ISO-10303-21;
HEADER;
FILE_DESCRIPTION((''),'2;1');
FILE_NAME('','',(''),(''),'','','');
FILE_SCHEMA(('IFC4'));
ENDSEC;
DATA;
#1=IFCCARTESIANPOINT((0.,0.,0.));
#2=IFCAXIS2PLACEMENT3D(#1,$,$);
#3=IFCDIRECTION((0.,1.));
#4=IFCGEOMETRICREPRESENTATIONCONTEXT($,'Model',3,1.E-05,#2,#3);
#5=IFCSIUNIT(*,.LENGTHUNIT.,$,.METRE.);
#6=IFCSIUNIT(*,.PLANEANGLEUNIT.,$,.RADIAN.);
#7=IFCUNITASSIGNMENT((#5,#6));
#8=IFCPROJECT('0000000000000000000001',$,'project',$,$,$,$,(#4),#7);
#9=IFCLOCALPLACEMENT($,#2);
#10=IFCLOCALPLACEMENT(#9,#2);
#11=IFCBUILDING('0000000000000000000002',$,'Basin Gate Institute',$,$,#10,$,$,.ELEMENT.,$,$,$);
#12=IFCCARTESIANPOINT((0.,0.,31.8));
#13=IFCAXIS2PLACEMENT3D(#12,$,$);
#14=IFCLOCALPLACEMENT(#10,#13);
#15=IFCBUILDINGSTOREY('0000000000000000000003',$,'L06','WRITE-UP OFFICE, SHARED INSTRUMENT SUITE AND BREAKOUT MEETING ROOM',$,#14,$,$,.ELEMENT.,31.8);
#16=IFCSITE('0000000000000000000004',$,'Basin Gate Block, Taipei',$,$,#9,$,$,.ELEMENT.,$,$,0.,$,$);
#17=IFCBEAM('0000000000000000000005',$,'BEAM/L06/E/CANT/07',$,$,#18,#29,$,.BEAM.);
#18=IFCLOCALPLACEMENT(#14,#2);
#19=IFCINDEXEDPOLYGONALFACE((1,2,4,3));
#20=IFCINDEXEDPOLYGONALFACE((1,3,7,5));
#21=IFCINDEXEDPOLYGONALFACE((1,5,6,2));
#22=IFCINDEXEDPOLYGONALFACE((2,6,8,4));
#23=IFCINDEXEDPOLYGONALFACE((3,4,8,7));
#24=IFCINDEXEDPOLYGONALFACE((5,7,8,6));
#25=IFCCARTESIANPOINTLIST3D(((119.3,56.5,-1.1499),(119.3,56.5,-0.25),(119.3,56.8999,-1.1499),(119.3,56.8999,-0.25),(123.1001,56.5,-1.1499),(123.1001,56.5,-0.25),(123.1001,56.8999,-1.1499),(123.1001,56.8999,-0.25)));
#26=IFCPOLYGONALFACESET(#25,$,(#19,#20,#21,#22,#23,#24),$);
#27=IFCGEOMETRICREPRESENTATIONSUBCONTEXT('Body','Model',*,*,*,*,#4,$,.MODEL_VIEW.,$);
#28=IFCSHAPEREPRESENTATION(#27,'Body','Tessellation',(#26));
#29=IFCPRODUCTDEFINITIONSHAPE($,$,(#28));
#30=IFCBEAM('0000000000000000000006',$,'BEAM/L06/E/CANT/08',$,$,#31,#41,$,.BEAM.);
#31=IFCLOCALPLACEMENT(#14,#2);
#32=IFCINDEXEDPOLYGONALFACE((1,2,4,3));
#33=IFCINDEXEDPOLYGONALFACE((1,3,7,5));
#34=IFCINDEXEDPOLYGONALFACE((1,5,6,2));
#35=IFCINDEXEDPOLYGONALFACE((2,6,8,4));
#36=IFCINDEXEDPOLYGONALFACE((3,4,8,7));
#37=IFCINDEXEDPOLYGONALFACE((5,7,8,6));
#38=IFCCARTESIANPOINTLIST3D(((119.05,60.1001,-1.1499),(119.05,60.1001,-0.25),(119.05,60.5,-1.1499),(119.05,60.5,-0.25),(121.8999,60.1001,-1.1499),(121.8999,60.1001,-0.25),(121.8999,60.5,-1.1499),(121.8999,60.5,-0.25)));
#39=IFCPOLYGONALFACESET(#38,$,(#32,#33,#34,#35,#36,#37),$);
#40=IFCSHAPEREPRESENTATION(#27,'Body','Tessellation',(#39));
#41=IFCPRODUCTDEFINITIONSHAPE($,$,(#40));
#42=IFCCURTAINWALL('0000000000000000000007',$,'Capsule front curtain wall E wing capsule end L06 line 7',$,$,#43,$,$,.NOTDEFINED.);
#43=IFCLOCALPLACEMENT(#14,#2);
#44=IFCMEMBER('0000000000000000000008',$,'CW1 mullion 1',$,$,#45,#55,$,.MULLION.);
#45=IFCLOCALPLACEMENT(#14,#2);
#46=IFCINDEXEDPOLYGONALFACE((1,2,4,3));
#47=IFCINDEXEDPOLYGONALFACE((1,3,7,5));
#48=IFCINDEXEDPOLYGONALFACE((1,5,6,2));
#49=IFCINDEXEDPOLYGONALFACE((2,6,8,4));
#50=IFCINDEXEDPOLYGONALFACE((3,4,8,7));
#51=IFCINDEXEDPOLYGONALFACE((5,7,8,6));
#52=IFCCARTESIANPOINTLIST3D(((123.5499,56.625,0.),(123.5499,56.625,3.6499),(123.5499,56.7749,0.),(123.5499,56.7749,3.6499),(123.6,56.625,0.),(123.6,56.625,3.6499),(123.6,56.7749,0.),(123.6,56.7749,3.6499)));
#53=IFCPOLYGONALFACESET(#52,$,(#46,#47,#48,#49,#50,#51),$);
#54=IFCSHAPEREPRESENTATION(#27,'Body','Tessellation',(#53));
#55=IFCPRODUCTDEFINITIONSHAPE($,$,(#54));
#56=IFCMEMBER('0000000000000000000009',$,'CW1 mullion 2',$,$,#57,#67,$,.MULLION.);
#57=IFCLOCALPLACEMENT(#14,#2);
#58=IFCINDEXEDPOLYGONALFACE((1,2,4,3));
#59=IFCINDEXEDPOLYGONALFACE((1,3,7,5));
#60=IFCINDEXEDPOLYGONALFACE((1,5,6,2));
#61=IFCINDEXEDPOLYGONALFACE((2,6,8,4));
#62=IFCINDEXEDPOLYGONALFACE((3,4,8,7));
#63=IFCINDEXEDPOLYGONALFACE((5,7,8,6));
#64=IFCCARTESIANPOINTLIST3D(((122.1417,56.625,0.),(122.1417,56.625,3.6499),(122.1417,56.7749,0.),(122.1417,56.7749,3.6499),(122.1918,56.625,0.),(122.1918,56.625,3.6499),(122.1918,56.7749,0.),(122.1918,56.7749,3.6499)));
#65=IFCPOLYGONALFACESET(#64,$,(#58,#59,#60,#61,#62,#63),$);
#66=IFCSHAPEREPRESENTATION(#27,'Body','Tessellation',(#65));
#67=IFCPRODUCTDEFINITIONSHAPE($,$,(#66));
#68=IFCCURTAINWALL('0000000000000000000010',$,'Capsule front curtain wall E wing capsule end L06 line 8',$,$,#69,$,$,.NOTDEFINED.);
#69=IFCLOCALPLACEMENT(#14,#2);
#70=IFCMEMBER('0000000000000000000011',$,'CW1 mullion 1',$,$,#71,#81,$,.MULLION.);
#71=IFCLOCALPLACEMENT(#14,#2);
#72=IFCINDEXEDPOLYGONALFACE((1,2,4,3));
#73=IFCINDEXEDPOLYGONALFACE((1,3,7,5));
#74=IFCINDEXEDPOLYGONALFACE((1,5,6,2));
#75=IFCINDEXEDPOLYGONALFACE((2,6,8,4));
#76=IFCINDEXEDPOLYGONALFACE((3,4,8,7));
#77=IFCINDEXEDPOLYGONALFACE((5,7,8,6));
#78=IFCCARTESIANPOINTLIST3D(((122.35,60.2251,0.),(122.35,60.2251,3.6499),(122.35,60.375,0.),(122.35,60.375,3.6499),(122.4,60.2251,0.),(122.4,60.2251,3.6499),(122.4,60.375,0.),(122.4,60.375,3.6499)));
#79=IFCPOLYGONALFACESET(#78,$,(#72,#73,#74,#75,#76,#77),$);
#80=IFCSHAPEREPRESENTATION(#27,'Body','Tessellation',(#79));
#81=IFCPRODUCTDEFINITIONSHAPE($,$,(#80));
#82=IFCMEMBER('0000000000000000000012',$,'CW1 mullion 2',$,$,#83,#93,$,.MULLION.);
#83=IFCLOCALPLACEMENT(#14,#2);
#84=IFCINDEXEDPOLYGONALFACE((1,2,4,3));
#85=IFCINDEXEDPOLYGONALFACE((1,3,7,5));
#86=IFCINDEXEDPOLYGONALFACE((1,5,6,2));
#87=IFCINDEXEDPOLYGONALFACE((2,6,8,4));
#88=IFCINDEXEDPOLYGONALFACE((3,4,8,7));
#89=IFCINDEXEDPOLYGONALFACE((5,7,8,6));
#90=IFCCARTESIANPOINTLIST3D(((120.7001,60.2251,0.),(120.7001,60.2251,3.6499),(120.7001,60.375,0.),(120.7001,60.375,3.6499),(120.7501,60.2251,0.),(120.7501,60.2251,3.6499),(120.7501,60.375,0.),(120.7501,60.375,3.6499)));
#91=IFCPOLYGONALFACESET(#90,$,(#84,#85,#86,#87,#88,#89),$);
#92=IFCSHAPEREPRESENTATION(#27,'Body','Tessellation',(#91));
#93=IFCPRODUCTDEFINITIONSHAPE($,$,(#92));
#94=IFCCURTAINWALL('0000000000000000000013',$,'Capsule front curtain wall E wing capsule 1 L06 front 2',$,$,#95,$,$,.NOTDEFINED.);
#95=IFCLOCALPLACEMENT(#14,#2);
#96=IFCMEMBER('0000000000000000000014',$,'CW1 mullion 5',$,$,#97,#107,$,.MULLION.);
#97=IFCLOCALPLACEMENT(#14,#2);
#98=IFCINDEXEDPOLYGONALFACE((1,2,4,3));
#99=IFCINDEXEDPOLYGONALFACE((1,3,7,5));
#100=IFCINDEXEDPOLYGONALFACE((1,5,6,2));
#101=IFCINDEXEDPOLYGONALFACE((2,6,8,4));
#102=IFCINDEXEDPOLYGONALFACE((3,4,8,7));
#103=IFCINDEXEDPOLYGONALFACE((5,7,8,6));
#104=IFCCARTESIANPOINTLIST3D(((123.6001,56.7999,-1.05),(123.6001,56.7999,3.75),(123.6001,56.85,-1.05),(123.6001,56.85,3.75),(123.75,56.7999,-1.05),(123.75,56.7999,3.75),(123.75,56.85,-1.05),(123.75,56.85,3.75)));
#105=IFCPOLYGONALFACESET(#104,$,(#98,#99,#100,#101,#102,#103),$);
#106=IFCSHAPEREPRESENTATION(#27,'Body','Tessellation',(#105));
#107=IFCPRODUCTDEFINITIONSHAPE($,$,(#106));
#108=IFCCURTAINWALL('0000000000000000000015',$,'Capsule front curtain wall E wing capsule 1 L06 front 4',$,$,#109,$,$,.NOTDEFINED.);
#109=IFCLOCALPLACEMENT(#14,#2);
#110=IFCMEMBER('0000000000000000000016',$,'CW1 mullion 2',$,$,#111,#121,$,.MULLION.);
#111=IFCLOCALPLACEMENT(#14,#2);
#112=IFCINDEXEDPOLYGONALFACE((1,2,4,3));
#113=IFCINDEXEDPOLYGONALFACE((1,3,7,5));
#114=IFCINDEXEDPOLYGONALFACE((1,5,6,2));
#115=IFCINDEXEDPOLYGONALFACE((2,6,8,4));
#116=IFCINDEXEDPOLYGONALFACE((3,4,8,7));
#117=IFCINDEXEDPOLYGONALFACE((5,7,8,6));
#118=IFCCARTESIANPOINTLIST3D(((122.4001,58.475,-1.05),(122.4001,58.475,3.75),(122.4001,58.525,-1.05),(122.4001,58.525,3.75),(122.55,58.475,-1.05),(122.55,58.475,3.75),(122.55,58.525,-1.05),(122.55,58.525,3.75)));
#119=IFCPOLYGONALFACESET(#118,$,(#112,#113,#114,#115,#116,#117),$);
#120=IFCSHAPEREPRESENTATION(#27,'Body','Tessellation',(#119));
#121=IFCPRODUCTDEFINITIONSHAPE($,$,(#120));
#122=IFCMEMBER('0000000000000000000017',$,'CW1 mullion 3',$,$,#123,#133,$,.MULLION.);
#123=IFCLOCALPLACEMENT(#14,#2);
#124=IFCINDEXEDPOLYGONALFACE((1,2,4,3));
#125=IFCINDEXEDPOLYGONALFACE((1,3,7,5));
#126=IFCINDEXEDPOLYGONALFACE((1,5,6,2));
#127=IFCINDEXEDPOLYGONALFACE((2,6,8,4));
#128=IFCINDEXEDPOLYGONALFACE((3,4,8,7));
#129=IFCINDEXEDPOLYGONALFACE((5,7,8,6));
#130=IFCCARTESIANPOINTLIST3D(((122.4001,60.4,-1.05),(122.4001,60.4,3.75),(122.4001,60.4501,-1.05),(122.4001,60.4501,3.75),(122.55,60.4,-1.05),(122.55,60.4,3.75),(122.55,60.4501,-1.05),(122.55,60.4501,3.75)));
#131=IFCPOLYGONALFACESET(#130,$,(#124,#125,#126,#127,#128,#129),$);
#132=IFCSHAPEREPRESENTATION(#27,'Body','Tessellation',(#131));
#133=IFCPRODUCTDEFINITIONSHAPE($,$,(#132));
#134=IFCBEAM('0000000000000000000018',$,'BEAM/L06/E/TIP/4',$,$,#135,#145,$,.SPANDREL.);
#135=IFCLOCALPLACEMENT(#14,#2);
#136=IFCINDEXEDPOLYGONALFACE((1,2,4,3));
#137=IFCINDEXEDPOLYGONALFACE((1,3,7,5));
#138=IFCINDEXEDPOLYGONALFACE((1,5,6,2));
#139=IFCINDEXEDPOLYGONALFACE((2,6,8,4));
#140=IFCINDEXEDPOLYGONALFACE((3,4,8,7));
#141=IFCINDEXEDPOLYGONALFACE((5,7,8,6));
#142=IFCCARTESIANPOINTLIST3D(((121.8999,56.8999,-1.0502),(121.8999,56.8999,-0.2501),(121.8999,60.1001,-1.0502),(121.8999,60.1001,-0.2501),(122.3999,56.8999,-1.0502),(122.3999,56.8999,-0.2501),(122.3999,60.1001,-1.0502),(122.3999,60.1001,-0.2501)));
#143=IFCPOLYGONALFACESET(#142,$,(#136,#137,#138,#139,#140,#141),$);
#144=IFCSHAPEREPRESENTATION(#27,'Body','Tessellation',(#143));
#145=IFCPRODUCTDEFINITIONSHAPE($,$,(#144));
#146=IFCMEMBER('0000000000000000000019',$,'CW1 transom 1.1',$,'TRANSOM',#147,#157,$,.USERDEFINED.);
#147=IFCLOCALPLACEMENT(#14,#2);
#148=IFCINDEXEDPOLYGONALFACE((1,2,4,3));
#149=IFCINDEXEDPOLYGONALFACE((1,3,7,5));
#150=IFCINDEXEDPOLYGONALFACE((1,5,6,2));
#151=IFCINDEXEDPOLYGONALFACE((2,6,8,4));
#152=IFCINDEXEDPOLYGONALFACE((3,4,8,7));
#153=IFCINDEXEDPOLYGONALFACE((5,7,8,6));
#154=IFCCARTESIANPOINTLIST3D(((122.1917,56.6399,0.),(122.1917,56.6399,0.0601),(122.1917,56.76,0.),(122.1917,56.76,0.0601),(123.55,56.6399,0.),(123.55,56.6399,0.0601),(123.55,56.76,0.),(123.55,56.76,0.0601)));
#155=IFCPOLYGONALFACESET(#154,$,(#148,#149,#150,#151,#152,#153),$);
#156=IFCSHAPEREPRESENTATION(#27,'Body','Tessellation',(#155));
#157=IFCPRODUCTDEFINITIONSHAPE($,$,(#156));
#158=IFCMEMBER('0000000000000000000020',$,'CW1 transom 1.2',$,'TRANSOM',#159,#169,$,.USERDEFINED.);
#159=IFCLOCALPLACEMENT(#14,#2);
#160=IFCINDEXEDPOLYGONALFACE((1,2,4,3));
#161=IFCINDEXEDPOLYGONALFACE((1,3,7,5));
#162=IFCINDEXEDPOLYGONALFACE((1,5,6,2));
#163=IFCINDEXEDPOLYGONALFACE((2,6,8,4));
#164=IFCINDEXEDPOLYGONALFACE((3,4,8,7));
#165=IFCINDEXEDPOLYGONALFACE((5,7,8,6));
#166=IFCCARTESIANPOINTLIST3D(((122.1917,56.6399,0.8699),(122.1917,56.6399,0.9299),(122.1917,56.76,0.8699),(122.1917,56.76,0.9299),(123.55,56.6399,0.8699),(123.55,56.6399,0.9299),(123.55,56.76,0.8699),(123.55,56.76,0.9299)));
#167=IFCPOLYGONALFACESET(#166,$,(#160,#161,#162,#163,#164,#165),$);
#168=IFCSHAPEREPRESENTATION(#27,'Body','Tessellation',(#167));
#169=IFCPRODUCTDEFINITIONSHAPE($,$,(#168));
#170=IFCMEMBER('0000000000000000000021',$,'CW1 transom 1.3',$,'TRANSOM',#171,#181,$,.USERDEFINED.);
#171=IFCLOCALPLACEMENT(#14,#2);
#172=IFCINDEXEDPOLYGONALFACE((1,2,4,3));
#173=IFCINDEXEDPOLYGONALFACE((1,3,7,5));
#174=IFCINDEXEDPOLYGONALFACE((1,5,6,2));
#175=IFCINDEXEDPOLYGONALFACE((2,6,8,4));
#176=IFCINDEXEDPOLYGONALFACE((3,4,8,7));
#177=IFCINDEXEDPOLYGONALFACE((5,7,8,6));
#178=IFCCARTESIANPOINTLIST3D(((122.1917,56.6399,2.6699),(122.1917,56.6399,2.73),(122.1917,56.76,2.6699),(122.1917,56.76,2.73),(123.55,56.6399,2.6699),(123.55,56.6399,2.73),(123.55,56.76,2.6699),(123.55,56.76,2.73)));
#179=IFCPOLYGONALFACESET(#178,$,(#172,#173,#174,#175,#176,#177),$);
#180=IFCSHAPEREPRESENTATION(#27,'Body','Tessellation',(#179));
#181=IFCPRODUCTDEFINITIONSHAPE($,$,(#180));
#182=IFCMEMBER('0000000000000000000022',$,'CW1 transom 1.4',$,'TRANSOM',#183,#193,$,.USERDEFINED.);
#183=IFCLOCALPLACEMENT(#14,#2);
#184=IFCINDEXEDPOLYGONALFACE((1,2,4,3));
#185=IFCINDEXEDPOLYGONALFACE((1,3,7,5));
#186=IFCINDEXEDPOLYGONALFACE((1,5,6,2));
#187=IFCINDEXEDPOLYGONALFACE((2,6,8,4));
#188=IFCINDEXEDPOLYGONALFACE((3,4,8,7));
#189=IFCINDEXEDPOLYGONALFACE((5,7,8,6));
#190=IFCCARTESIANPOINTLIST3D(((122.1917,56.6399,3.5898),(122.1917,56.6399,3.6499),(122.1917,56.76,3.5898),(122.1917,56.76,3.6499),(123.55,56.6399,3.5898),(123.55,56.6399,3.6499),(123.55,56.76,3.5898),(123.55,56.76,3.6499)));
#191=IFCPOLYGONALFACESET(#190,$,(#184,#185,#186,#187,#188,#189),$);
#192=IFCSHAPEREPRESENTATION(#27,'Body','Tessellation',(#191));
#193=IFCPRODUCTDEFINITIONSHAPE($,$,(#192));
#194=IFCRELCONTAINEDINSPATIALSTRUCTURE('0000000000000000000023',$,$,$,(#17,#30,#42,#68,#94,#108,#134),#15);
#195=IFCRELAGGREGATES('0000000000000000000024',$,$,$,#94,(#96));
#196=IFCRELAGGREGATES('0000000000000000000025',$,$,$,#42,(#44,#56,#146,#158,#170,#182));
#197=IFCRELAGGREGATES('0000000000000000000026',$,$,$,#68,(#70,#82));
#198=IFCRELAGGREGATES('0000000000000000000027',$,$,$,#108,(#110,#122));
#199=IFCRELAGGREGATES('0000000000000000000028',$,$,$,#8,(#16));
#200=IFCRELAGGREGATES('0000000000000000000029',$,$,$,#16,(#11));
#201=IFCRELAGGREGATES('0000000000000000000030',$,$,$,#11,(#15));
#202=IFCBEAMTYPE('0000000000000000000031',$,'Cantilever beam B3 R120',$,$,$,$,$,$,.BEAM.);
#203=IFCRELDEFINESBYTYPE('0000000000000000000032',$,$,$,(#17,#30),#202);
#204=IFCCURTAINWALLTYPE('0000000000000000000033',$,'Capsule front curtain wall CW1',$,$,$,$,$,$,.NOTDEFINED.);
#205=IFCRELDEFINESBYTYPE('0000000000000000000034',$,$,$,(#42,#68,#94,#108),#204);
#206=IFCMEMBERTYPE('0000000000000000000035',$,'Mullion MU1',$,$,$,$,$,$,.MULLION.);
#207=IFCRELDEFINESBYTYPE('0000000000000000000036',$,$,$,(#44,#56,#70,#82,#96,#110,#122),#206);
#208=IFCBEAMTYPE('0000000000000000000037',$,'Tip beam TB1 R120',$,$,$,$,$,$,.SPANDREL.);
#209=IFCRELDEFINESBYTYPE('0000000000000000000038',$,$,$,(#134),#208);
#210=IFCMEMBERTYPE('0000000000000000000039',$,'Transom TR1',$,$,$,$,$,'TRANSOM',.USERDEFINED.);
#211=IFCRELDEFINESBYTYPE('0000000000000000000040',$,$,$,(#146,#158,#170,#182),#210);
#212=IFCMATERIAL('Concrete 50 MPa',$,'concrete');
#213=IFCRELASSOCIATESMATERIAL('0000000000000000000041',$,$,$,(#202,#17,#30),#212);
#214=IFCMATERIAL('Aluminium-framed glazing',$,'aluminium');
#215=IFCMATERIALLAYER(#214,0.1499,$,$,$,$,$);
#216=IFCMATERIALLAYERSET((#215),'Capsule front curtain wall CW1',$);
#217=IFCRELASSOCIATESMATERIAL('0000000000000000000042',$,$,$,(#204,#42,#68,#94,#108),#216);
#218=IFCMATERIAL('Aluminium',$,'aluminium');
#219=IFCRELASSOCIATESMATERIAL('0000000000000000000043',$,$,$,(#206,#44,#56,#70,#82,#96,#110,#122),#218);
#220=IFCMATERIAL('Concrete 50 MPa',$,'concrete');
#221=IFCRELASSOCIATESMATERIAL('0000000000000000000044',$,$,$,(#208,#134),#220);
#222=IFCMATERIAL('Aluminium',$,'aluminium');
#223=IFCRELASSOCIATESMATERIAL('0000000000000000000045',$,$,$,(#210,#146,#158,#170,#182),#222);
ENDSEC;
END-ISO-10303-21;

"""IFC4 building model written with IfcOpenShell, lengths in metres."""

from ifc_helpers import new_model, si_unit, direction, frame, origin, origin_2d, place, context, subcontext, project, spatial, rectangle, extrude, material, layer, layer_set, material_profile, profile_set, type_object, element, aggregate, save


model = new_model("IFC4")

# Units and contexts
model_context = context("Model", 3, precision=1e-05, world=origin(), true_north=direction((0.0, 1.0)))
body_context = subcontext(model_context, "Body", "Model", "MODEL_VIEW")
ifc_project = project(units=[si_unit("LENGTHUNIT", "METRE"), si_unit("PLANEANGLEUNIT", "RADIAN")], contexts=[model_context])

# Site, building, storey
site_placement = place(None, origin())
site = spatial("IfcSite", under=ifc_project, at=site_placement, Name="Basin Gate Block, Taipei", CompositionType="ELEMENT", RefElevation=0.0)
building_placement = place(site_placement, origin())
building = spatial("IfcBuilding", under=site, at=building_placement, Name="Basin Gate Institute", CompositionType="ELEMENT")
storey_placement = place(building_placement, frame((0.0, 0.0, 31.8)))
storey = spatial("IfcBuildingStorey", under=building, at=storey_placement, Name="L06", Description="WRITE-UP OFFICE, SHARED INSTRUMENT SUITE AND BREAKOUT MEETING ROOM", CompositionType="ELEMENT", Elevation=31.8)

# Beams
ifc_material_1 = material(Name="Concrete 50 MPa", Category="concrete")
ifc_material_profile_1 = material_profile(ifc_material_1, rectangle(XDim=0.3999, YDim=0.8999, at=origin_2d()), Name="Cantilever beam B3 400 x 900")
ifc_profile_set_1 = profile_set([ifc_material_profile_1], Name="Concrete 50 MPa")
beam_type_1 = type_object("IfcBeamType", Name="Cantilever beam B3 R120", PredefinedType="BEAM", material=ifc_profile_set_1)
beam_1_placement = place(storey_placement, frame((123.1001, 56.7, -0.7), z_axis=(-1.0, 0.0, 0.0), x_axis=(0.0, -1.0, 0.0)))
element("IfcBeam", 1, at=beam_1_placement, inside=storey, type_object=beam_type_1, material=ifc_profile_set_1, Name="BEAM/L06/E/CANT/07", PredefinedType="BEAM", context=body_context, shape_type="SweptSolid", body=[
    extrude(rectangle(XDim=0.3999, YDim=0.8999, at=origin_2d()), origin(), (0.0, 0.0, 1.0), 3.8),
])
beam_2_placement = place(storey_placement, frame((121.8999, 60.3, -0.7), z_axis=(-1.0, 0.0, 0.0), x_axis=(0.0, -1.0, 0.0)))
element("IfcBeam", 2, at=beam_2_placement, inside=storey, type_object=beam_type_1, material=ifc_profile_set_1, Name="BEAM/L06/E/CANT/08", PredefinedType="BEAM", context=body_context, shape_type="SweptSolid", body=[
    extrude(rectangle(XDim=0.3999, YDim=0.8999, at=origin_2d()), origin(), (0.0, 0.0, 1.0), 2.8499),
])

# Curtain walls, members
ifc_material_2 = material(Name="Aluminium-framed glazing", Category="aluminium")
ifc_layer_1 = layer(ifc_material_2, 0.1499)
ifc_layer_set_1 = layer_set([ifc_layer_1], Name="Capsule front curtain wall CW1")
curtain_wall_type = type_object("IfcCurtainWallType", Name="Capsule front curtain wall CW1", PredefinedType="NOTDEFINED", material=ifc_layer_set_1)
curtain_wall_1_placement = place(storey_placement, origin())
curtain_wall_1 = element("IfcCurtainWall", 3, at=curtain_wall_1_placement, inside=storey, type_object=curtain_wall_type, material=ifc_layer_set_1, Name="Capsule front curtain wall E wing capsule end L06 line 7", PredefinedType="NOTDEFINED")
ifc_material_3 = material(Name="Aluminium", Category="aluminium")
ifc_material_profile_2 = material_profile(ifc_material_3, rectangle(XDim=0.1499, YDim=0.05, at=origin_2d()), Name="Mullion MU1 150 x 50")
ifc_profile_set_2 = profile_set([ifc_material_profile_2], Name="Aluminium")
member_type_1 = type_object("IfcMemberType", Name="Mullion MU1", PredefinedType="MULLION", material=ifc_profile_set_2)
member_1_placement = place(storey_placement, frame((123.575, 56.7, 0.0), z_axis=(0.0, 0.0, 1.0), x_axis=(0.0, -1.0, 0.0)))
member_1 = element("IfcMember", 4, at=member_1_placement, type_object=member_type_1, material=ifc_profile_set_2, Name="CW1 mullion 1", PredefinedType="MULLION", context=body_context, shape_type="SweptSolid", body=[
    extrude(rectangle(XDim=0.1499, YDim=0.05, at=origin_2d()), origin(), (0.0, 0.0, 1.0), 3.6499),
])
member_2_placement = place(storey_placement, frame((122.1667, 56.7, 0.0), z_axis=(0.0, 0.0, 1.0), x_axis=(0.0, -1.0, 0.0)))
member_2 = element("IfcMember", 5, at=member_2_placement, type_object=member_type_1, material=ifc_profile_set_2, Name="CW1 mullion 2", PredefinedType="MULLION", context=body_context, shape_type="SweptSolid", body=[
    extrude(rectangle(XDim=0.1499, YDim=0.05, at=origin_2d()), origin(), (0.0, 0.0, 1.0), 3.6499),
])
curtain_wall_2_placement = place(storey_placement, origin())
curtain_wall_2 = element("IfcCurtainWall", 6, at=curtain_wall_2_placement, inside=storey, type_object=curtain_wall_type, material=ifc_layer_set_1, Name="Capsule front curtain wall E wing capsule end L06 line 8", PredefinedType="NOTDEFINED")
member_3_placement = place(storey_placement, frame((122.375, 60.3, 0.0), z_axis=(0.0, 0.0, 1.0), x_axis=(0.0, -1.0, 0.0)))
member_3 = element("IfcMember", 7, at=member_3_placement, type_object=member_type_1, material=ifc_profile_set_2, Name="CW1 mullion 1", PredefinedType="MULLION", context=body_context, shape_type="SweptSolid", body=[
    extrude(rectangle(XDim=0.1499, YDim=0.05, at=origin_2d()), origin(), (0.0, 0.0, 1.0), 3.6499),
])
member_4_placement = place(storey_placement, frame((120.7251, 60.3, 0.0), z_axis=(0.0, 0.0, 1.0), x_axis=(0.0, -1.0, 0.0)))
member_4 = element("IfcMember", 8, at=member_4_placement, type_object=member_type_1, material=ifc_profile_set_2, Name="CW1 mullion 2", PredefinedType="MULLION", context=body_context, shape_type="SweptSolid", body=[
    extrude(rectangle(XDim=0.1499, YDim=0.05, at=origin_2d()), origin(), (0.0, 0.0, 1.0), 3.6499),
])

# Curtain wall, member
curtain_wall_3_placement = place(storey_placement, origin())
curtain_wall_3 = element("IfcCurtainWall", 9, at=curtain_wall_3_placement, inside=storey, type_object=curtain_wall_type, material=ifc_layer_set_1, Name="Capsule front curtain wall E wing capsule 1 L06 front 2", PredefinedType="NOTDEFINED")
member_5_placement = place(storey_placement, frame((123.675, 56.825, -1.05), z_axis=(0.0, 0.0, 1.0), x_axis=(-1.0, 0.0, 0.0)))
member_5 = element("IfcMember", 10, at=member_5_placement, type_object=member_type_1, material=ifc_profile_set_2, Name="CW1 mullion 5", PredefinedType="MULLION", context=body_context, shape_type="SweptSolid", body=[
    extrude(rectangle(XDim=0.1499, YDim=0.05, at=origin_2d()), origin(), (0.0, 0.0, 1.0), 4.8),
])
aggregate(curtain_wall_3, [member_5])

# Curtain wall, members
curtain_wall_4_placement = place(storey_placement, origin())
curtain_wall_4 = element("IfcCurtainWall", 11, at=curtain_wall_4_placement, inside=storey, type_object=curtain_wall_type, material=ifc_layer_set_1, Name="Capsule front curtain wall E wing capsule 1 L06 front 4", PredefinedType="NOTDEFINED")
member_6_placement = place(storey_placement, frame((122.4751, 58.5, -1.05), z_axis=(0.0, 0.0, 1.0), x_axis=(-1.0, 0.0, 0.0)))
member_6 = element("IfcMember", 12, at=member_6_placement, type_object=member_type_1, material=ifc_profile_set_2, Name="CW1 mullion 2", PredefinedType="MULLION", context=body_context, shape_type="SweptSolid", body=[
    extrude(rectangle(XDim=0.1499, YDim=0.05, at=origin_2d()), origin(), (0.0, 0.0, 1.0), 4.8),
])
member_7_placement = place(storey_placement, frame((122.4751, 60.425, -1.05), z_axis=(0.0, 0.0, 1.0), x_axis=(-1.0, 0.0, 0.0)))
member_7 = element("IfcMember", 13, at=member_7_placement, type_object=member_type_1, material=ifc_profile_set_2, Name="CW1 mullion 3", PredefinedType="MULLION", context=body_context, shape_type="SweptSolid", body=[
    extrude(rectangle(XDim=0.1499, YDim=0.05, at=origin_2d()), origin(), (0.0, 0.0, 1.0), 4.8),
])

# Beam
ifc_material_4 = material(Name="Concrete 50 MPa", Category="concrete")
ifc_material_profile_3 = material_profile(ifc_material_4, rectangle(XDim=0.5, YDim=0.8, at=origin_2d()), Name="Tip beam TB1 500 x 800")
ifc_profile_set_3 = profile_set([ifc_material_profile_3], Name="Concrete 50 MPa")
beam_type_2 = type_object("IfcBeamType", Name="Tip beam TB1 R120", PredefinedType="SPANDREL", material=ifc_profile_set_3)
beam_3_placement = place(storey_placement, frame((122.1499, 56.8999, -0.6501), z_axis=(0.0, 1.0, 0.0), x_axis=(-1.0, 0.0, 0.0)))
element("IfcBeam", 14, at=beam_3_placement, inside=storey, type_object=beam_type_2, material=ifc_profile_set_3, Name="BEAM/L06/E/TIP/4", PredefinedType="SPANDREL", context=body_context, shape_type="SweptSolid", body=[
    extrude(rectangle(XDim=0.5, YDim=0.8, at=origin_2d()), origin(), (0.0, 0.0, 1.0), 3.2002),
])

# Members
ifc_material_5 = material(Name="Aluminium", Category="aluminium")
ifc_material_profile_4 = material_profile(ifc_material_5, rectangle(XDim=0.1201, YDim=0.0601, at=origin_2d()), Name="Transom TR1 120 x 60")
ifc_profile_set_4 = profile_set([ifc_material_profile_4], Name="Aluminium")
member_type_2 = type_object("IfcMemberType", Name="Transom TR1", ElementType="TRANSOM", PredefinedType="USERDEFINED", material=ifc_profile_set_4)
member_8_placement = place(storey_placement, frame((123.55, 56.7, 0.03), z_axis=(-1.0, 0.0, 0.0), x_axis=(0.0, -1.0, 0.0)))
member_8 = element("IfcMember", 15, at=member_8_placement, type_object=member_type_2, material=ifc_profile_set_4, Name="CW1 transom 1.1", ObjectType="TRANSOM", PredefinedType="USERDEFINED", context=body_context, shape_type="SweptSolid", body=[
    extrude(rectangle(XDim=0.1201, YDim=0.0601, at=origin_2d()), origin(), (0.0, 0.0, 1.0), 1.3584),
])
member_9_placement = place(storey_placement, frame((123.55, 56.7, 0.8999), z_axis=(-1.0, 0.0, 0.0), x_axis=(0.0, -1.0, 0.0)))
member_9 = element("IfcMember", 16, at=member_9_placement, type_object=member_type_2, material=ifc_profile_set_4, Name="CW1 transom 1.2", ObjectType="TRANSOM", PredefinedType="USERDEFINED", context=body_context, shape_type="SweptSolid", body=[
    extrude(rectangle(XDim=0.1201, YDim=0.0601, at=origin_2d()), origin(), (0.0, 0.0, 1.0), 1.3584),
])
member_10_placement = place(storey_placement, frame((123.55, 56.7, 2.7), z_axis=(-1.0, 0.0, 0.0), x_axis=(0.0, -1.0, 0.0)))
member_10 = element("IfcMember", 17, at=member_10_placement, type_object=member_type_2, material=ifc_profile_set_4, Name="CW1 transom 1.3", ObjectType="TRANSOM", PredefinedType="USERDEFINED", context=body_context, shape_type="SweptSolid", body=[
    extrude(rectangle(XDim=0.1201, YDim=0.0601, at=origin_2d()), origin(), (0.0, 0.0, 1.0), 1.3584),
])
member_11_placement = place(storey_placement, frame((123.55, 56.7, 3.6199), z_axis=(-1.0, 0.0, 0.0), x_axis=(0.0, -1.0, 0.0)))
member_11 = element("IfcMember", 18, at=member_11_placement, type_object=member_type_2, material=ifc_profile_set_4, Name="CW1 transom 1.4", ObjectType="TRANSOM", PredefinedType="USERDEFINED", context=body_context, shape_type="SweptSolid", body=[
    extrude(rectangle(XDim=0.1201, YDim=0.0601, at=origin_2d()), origin(), (0.0, 0.0, 1.0), 1.3584),
])

aggregate(curtain_wall_1, [member_1, member_2, member_8, member_9, member_10, member_11])
aggregate(curtain_wall_2, [member_3, member_4])
aggregate(curtain_wall_4, [member_6, member_7])

save(model, "model.ifc")
